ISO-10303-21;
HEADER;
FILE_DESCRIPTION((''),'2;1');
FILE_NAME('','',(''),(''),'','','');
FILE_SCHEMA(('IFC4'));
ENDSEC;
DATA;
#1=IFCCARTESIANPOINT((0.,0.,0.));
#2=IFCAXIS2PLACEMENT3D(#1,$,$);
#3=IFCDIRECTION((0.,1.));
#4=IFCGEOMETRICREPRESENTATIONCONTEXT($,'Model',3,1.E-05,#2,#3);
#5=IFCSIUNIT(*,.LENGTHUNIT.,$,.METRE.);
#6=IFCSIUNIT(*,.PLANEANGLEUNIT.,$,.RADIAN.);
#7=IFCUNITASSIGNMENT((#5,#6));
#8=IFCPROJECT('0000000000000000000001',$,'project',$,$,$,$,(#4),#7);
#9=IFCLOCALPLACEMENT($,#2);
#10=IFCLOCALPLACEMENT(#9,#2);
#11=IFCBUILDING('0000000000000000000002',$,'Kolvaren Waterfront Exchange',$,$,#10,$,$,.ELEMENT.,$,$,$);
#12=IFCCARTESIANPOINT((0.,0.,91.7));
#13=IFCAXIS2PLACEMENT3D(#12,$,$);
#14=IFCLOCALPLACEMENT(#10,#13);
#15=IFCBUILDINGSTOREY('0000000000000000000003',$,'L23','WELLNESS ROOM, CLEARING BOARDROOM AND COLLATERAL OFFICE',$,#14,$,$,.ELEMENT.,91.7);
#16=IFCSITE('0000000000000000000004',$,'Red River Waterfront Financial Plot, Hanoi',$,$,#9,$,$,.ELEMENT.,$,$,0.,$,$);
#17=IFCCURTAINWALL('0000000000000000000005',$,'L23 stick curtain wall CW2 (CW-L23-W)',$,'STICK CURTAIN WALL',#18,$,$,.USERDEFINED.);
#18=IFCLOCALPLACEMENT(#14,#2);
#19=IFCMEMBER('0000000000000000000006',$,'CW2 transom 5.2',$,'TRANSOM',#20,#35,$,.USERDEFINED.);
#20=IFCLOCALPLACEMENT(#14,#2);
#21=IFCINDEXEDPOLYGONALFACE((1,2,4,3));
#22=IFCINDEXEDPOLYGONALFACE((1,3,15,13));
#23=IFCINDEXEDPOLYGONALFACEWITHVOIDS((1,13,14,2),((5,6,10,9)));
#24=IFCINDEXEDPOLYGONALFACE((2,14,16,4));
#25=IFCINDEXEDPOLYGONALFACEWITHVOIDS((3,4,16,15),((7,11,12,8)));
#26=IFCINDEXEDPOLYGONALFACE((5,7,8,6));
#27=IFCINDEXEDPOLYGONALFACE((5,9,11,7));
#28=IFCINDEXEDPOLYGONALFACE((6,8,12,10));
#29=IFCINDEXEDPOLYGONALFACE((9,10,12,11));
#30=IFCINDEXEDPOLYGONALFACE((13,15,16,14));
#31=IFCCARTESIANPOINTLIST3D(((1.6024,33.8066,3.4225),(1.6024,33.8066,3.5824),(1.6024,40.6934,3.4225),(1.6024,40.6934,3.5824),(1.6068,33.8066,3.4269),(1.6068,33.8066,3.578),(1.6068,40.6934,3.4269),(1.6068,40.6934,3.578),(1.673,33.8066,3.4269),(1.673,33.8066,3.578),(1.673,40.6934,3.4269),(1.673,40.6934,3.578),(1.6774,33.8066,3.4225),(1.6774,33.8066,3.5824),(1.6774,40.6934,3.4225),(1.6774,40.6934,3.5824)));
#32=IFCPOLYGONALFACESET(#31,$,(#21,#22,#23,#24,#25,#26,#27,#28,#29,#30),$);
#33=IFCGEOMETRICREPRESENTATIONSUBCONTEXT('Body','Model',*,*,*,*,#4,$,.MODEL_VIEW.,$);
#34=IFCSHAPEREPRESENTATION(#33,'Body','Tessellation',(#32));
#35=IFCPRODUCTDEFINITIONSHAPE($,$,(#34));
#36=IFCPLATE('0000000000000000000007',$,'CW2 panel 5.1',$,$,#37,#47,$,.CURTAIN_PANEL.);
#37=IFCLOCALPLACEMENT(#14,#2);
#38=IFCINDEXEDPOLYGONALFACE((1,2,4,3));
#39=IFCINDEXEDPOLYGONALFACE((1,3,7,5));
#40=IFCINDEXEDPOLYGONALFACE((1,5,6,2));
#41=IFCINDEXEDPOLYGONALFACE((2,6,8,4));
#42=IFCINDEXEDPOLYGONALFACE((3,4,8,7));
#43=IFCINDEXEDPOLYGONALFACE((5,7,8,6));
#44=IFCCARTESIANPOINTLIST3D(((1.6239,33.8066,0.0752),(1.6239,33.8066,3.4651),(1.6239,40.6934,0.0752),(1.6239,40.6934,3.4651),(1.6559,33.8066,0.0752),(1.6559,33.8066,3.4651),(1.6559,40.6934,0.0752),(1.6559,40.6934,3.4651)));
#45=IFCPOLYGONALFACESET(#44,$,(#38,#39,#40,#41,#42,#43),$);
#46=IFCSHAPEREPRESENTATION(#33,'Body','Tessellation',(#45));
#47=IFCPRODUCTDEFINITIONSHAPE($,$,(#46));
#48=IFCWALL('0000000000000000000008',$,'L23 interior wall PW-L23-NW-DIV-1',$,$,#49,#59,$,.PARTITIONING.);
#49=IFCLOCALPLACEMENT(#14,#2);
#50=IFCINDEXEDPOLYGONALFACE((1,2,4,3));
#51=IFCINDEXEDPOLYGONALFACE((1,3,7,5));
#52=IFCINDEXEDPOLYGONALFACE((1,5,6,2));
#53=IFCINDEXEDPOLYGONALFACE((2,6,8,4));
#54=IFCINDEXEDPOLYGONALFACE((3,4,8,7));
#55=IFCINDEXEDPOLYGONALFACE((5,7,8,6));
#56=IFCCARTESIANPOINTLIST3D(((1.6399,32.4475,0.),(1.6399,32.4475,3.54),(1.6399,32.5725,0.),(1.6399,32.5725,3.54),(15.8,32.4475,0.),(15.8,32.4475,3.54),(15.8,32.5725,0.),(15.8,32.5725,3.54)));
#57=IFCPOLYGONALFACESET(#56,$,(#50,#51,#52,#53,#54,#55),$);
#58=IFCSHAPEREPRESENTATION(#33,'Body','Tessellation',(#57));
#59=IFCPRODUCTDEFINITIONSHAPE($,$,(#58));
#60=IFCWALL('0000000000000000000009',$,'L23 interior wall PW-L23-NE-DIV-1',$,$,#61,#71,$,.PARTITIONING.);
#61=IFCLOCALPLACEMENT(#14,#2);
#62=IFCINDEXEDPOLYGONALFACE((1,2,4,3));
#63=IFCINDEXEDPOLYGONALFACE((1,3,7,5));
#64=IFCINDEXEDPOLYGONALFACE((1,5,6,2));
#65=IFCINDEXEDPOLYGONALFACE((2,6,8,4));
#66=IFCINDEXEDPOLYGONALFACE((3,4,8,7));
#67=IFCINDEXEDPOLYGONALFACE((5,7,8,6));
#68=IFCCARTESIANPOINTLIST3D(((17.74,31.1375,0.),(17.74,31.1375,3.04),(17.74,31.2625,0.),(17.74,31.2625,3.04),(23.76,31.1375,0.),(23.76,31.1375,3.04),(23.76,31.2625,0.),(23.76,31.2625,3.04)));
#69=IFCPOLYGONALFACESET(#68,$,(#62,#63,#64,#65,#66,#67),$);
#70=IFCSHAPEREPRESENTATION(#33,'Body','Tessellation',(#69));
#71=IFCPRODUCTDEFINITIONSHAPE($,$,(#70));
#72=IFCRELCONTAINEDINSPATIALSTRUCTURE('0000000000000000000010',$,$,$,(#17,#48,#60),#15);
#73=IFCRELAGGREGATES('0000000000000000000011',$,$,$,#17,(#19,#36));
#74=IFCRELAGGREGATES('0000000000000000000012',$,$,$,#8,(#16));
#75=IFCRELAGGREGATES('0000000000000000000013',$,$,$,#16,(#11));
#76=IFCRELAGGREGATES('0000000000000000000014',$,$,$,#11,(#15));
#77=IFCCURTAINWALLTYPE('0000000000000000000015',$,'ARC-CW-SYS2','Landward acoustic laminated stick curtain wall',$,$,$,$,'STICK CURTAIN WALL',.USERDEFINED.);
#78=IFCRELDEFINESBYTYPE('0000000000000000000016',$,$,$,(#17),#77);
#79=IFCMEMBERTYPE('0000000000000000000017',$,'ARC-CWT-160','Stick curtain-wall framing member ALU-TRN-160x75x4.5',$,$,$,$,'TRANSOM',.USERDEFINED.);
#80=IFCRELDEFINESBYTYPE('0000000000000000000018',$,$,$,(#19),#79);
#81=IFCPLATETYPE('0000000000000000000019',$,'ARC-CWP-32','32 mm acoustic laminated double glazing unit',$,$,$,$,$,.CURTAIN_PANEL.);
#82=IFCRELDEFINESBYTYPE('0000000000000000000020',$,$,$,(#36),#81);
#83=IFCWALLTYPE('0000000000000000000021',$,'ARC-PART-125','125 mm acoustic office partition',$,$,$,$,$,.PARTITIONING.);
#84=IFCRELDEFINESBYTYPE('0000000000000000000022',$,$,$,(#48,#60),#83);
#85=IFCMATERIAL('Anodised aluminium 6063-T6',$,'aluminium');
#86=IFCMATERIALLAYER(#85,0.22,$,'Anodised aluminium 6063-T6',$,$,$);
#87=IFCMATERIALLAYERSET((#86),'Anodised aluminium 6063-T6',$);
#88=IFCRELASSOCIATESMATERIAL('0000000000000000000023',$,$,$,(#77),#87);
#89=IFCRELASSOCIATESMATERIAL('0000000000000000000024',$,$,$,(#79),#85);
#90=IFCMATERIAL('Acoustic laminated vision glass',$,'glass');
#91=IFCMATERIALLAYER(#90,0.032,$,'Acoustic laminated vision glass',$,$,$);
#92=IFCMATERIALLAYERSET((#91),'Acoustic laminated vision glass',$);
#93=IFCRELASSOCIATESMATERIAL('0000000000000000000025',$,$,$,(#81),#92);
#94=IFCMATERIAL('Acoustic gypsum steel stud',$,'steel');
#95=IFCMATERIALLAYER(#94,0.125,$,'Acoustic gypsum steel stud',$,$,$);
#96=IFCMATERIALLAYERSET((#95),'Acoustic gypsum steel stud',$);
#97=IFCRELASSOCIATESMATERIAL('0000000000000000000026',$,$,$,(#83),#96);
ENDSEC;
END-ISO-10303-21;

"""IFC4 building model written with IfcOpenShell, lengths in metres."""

from ifc_helpers import new_model, si_unit, direction, frame, frame_2d, origin, origin_with_axes, origin_2d, place, context, subcontext, project, spatial, rectangle, hollow_rectangle, extrude, source, transform, mapped, material, layer, layer_set, material_profile, profile_set, type_object, element, aggregate, save


model = new_model("IFC4")

# Units and contexts
model_context = context("Model", 3, precision=1e-05, world=origin(), true_north=direction((0.0, 1.0)))
body_context = subcontext(model_context, "Body", "Model", "MODEL_VIEW")
ifc_project = project(units=[si_unit("LENGTHUNIT", "METRE"), si_unit("PLANEANGLEUNIT", "RADIAN")], contexts=[model_context])

# Site, building, storey
site_placement = place(None, origin())
site = spatial("IfcSite", under=ifc_project, at=site_placement, Name="Red River Waterfront Financial Plot, Hanoi", CompositionType="ELEMENT", RefElevation=0.0)
building_placement = place(site_placement, origin())
building = spatial("IfcBuilding", under=site, at=building_placement, Name="Kolvaren Waterfront Exchange", CompositionType="ELEMENT")
storey_placement = place(building_placement, frame((0.0, 0.0, 91.7)))
storey = spatial("IfcBuildingStorey", under=building, at=storey_placement, Name="L23", Description="WELLNESS ROOM, CLEARING BOARDROOM AND COLLATERAL OFFICE", CompositionType="ELEMENT", Elevation=91.7)

# Curtain wall, member, plate
ifc_material_1 = material(Name="Anodised aluminium 6063-T6", Category="aluminium")
ifc_layer_1 = layer(ifc_material_1, 0.22, Name="Anodised aluminium 6063-T6")
ifc_layer_set_1 = layer_set([ifc_layer_1], Name="Anodised aluminium 6063-T6")
curtain_wall_type = type_object("IfcCurtainWallType", Name="ARC-CW-SYS2", Description="Landward acoustic laminated stick curtain wall", ElementType="STICK CURTAIN WALL", PredefinedType="USERDEFINED", material=ifc_layer_set_1)
curtain_wall_placement = place(storey_placement, origin())
curtain_wall = element("IfcCurtainWall", 1, at=curtain_wall_placement, inside=storey, type_object=curtain_wall_type, Name="L23 stick curtain wall CW2 (CW-L23-W)", ObjectType="STICK CURTAIN WALL", PredefinedType="USERDEFINED")
ifc_material_profile_1 = material_profile(ifc_material_1, hollow_rectangle(XDim=0.075, YDim=0.1599, WallThickness=0.0044, at=origin_2d()), Name="ALU-TRN-160x75x4.5")
ifc_profile_set_1 = profile_set([ifc_material_profile_1], Name="Anodised aluminium 6063-T6")
member_type_1 = type_object("IfcMemberType", Name="ARC-CWT-160", Description="Stick curtain-wall framing member ALU-TRN-160x75x4.5", ElementType="TRANSOM", PredefinedType="USERDEFINED", material=ifc_profile_set_1)
shared_shape_1 = source(origin_with_axes(), body_context, "Body", "SweptSolid", [
    extrude(hollow_rectangle(XDim=0.075, YDim=0.1599, WallThickness=0.0044, at=origin_2d()), origin(), (0.0, 0.0, 1.0), 6.8867),
])
member_1_placement = place(storey_placement, frame((1.6399, 33.8066, 3.5024), z_axis=(0.0, 1.0, 0.0), x_axis=(-1.0, 0.0, 0.0)))
member_1 = element("IfcMember", 2, at=member_1_placement, type_object=member_type_1, Name="CW2 transom 5.2", ObjectType="TRANSOM", PredefinedType="USERDEFINED", context=body_context, shape_type="MappedRepresentation", body=[
    mapped(shared_shape_1, transform((0.0, 0.0, 0.0), x_axis=(1.0, 0.0, 0.0), y_axis=(0.0, 1.0, 0.0), z_axis=(0.0, 0.0, 1.0), scale=1.0)),
])
ifc_material_2 = material(Name="Acoustic laminated vision glass", Category="glass")
ifc_layer_2 = layer(ifc_material_2, 0.032, Name="Acoustic laminated vision glass")
ifc_layer_set_2 = layer_set([ifc_layer_2], Name="Acoustic laminated vision glass")
plate_type = type_object("IfcPlateType", Name="ARC-CWP-32", Description="32 mm acoustic laminated double glazing unit", PredefinedType="CURTAIN_PANEL", material=ifc_layer_set_2)
shared_shape_2 = source(origin_with_axes(), body_context, "Body", "SweptSolid", [
    extrude(rectangle(XDim=6.8867, YDim=0.032, at=origin_2d()), origin(), (0.0, 0.0, 1.0), 3.3899),
])
plate_placement = place(storey_placement, frame((1.6399, 37.25, 0.0752), z_axis=(0.0, 0.0, 1.0), x_axis=(0.0, 1.0, 0.0)))
plate = element("IfcPlate", 3, at=plate_placement, type_object=plate_type, Name="CW2 panel 5.1", PredefinedType="CURTAIN_PANEL", context=body_context, shape_type="MappedRepresentation", body=[
    mapped(shared_shape_2, transform((0.0, 0.0, 0.0), x_axis=(1.0, 0.0, 0.0), y_axis=(0.0, 1.0, 0.0), z_axis=(0.0, 0.0, 1.0), scale=1.0)),
])
aggregate(curtain_wall, [member_1, plate])

# Walls
ifc_material_3 = material(Name="Acoustic gypsum steel stud", Category="steel")
ifc_layer_3 = layer(ifc_material_3, 0.125, Name="Acoustic gypsum steel stud")
ifc_layer_set_3 = layer_set([ifc_layer_3], Name="Acoustic gypsum steel stud")
wall_type = type_object("IfcWallType", Name="ARC-PART-125", Description="125 mm acoustic office partition", PredefinedType="PARTITIONING", material=ifc_layer_set_3)
wall_1_placement = place(storey_placement, frame((1.6399, 32.51, 0.0), z_axis=(0.0, 0.0, 1.0), x_axis=(1.0, 0.0, 0.0)))
element("IfcWall", 4, at=wall_1_placement, inside=storey, type_object=wall_type, Name="L23 interior wall PW-L23-NW-DIV-1", PredefinedType="PARTITIONING", context=body_context, shape_type="SweptSolid", body=[
    extrude(rectangle(XDim=14.1602, YDim=0.125, at=frame_2d((7.0801, 0.0))), origin(), (0.0, 0.0, 1.0), 3.54),
])
wall_2_placement = place(storey_placement, frame((17.74, 31.2, 0.0), z_axis=(0.0, 0.0, 1.0), x_axis=(1.0, 0.0, 0.0)))
element("IfcWall", 5, at=wall_2_placement, inside=storey, type_object=wall_type, Name="L23 interior wall PW-L23-NE-DIV-1", PredefinedType="PARTITIONING", context=body_context, shape_type="SweptSolid", body=[
    extrude(rectangle(XDim=6.02, YDim=0.125, at=frame_2d((3.01, 0.0))), origin(), (0.0, 0.0, 1.0), 3.04),
])

save(model, "model.ifc")
